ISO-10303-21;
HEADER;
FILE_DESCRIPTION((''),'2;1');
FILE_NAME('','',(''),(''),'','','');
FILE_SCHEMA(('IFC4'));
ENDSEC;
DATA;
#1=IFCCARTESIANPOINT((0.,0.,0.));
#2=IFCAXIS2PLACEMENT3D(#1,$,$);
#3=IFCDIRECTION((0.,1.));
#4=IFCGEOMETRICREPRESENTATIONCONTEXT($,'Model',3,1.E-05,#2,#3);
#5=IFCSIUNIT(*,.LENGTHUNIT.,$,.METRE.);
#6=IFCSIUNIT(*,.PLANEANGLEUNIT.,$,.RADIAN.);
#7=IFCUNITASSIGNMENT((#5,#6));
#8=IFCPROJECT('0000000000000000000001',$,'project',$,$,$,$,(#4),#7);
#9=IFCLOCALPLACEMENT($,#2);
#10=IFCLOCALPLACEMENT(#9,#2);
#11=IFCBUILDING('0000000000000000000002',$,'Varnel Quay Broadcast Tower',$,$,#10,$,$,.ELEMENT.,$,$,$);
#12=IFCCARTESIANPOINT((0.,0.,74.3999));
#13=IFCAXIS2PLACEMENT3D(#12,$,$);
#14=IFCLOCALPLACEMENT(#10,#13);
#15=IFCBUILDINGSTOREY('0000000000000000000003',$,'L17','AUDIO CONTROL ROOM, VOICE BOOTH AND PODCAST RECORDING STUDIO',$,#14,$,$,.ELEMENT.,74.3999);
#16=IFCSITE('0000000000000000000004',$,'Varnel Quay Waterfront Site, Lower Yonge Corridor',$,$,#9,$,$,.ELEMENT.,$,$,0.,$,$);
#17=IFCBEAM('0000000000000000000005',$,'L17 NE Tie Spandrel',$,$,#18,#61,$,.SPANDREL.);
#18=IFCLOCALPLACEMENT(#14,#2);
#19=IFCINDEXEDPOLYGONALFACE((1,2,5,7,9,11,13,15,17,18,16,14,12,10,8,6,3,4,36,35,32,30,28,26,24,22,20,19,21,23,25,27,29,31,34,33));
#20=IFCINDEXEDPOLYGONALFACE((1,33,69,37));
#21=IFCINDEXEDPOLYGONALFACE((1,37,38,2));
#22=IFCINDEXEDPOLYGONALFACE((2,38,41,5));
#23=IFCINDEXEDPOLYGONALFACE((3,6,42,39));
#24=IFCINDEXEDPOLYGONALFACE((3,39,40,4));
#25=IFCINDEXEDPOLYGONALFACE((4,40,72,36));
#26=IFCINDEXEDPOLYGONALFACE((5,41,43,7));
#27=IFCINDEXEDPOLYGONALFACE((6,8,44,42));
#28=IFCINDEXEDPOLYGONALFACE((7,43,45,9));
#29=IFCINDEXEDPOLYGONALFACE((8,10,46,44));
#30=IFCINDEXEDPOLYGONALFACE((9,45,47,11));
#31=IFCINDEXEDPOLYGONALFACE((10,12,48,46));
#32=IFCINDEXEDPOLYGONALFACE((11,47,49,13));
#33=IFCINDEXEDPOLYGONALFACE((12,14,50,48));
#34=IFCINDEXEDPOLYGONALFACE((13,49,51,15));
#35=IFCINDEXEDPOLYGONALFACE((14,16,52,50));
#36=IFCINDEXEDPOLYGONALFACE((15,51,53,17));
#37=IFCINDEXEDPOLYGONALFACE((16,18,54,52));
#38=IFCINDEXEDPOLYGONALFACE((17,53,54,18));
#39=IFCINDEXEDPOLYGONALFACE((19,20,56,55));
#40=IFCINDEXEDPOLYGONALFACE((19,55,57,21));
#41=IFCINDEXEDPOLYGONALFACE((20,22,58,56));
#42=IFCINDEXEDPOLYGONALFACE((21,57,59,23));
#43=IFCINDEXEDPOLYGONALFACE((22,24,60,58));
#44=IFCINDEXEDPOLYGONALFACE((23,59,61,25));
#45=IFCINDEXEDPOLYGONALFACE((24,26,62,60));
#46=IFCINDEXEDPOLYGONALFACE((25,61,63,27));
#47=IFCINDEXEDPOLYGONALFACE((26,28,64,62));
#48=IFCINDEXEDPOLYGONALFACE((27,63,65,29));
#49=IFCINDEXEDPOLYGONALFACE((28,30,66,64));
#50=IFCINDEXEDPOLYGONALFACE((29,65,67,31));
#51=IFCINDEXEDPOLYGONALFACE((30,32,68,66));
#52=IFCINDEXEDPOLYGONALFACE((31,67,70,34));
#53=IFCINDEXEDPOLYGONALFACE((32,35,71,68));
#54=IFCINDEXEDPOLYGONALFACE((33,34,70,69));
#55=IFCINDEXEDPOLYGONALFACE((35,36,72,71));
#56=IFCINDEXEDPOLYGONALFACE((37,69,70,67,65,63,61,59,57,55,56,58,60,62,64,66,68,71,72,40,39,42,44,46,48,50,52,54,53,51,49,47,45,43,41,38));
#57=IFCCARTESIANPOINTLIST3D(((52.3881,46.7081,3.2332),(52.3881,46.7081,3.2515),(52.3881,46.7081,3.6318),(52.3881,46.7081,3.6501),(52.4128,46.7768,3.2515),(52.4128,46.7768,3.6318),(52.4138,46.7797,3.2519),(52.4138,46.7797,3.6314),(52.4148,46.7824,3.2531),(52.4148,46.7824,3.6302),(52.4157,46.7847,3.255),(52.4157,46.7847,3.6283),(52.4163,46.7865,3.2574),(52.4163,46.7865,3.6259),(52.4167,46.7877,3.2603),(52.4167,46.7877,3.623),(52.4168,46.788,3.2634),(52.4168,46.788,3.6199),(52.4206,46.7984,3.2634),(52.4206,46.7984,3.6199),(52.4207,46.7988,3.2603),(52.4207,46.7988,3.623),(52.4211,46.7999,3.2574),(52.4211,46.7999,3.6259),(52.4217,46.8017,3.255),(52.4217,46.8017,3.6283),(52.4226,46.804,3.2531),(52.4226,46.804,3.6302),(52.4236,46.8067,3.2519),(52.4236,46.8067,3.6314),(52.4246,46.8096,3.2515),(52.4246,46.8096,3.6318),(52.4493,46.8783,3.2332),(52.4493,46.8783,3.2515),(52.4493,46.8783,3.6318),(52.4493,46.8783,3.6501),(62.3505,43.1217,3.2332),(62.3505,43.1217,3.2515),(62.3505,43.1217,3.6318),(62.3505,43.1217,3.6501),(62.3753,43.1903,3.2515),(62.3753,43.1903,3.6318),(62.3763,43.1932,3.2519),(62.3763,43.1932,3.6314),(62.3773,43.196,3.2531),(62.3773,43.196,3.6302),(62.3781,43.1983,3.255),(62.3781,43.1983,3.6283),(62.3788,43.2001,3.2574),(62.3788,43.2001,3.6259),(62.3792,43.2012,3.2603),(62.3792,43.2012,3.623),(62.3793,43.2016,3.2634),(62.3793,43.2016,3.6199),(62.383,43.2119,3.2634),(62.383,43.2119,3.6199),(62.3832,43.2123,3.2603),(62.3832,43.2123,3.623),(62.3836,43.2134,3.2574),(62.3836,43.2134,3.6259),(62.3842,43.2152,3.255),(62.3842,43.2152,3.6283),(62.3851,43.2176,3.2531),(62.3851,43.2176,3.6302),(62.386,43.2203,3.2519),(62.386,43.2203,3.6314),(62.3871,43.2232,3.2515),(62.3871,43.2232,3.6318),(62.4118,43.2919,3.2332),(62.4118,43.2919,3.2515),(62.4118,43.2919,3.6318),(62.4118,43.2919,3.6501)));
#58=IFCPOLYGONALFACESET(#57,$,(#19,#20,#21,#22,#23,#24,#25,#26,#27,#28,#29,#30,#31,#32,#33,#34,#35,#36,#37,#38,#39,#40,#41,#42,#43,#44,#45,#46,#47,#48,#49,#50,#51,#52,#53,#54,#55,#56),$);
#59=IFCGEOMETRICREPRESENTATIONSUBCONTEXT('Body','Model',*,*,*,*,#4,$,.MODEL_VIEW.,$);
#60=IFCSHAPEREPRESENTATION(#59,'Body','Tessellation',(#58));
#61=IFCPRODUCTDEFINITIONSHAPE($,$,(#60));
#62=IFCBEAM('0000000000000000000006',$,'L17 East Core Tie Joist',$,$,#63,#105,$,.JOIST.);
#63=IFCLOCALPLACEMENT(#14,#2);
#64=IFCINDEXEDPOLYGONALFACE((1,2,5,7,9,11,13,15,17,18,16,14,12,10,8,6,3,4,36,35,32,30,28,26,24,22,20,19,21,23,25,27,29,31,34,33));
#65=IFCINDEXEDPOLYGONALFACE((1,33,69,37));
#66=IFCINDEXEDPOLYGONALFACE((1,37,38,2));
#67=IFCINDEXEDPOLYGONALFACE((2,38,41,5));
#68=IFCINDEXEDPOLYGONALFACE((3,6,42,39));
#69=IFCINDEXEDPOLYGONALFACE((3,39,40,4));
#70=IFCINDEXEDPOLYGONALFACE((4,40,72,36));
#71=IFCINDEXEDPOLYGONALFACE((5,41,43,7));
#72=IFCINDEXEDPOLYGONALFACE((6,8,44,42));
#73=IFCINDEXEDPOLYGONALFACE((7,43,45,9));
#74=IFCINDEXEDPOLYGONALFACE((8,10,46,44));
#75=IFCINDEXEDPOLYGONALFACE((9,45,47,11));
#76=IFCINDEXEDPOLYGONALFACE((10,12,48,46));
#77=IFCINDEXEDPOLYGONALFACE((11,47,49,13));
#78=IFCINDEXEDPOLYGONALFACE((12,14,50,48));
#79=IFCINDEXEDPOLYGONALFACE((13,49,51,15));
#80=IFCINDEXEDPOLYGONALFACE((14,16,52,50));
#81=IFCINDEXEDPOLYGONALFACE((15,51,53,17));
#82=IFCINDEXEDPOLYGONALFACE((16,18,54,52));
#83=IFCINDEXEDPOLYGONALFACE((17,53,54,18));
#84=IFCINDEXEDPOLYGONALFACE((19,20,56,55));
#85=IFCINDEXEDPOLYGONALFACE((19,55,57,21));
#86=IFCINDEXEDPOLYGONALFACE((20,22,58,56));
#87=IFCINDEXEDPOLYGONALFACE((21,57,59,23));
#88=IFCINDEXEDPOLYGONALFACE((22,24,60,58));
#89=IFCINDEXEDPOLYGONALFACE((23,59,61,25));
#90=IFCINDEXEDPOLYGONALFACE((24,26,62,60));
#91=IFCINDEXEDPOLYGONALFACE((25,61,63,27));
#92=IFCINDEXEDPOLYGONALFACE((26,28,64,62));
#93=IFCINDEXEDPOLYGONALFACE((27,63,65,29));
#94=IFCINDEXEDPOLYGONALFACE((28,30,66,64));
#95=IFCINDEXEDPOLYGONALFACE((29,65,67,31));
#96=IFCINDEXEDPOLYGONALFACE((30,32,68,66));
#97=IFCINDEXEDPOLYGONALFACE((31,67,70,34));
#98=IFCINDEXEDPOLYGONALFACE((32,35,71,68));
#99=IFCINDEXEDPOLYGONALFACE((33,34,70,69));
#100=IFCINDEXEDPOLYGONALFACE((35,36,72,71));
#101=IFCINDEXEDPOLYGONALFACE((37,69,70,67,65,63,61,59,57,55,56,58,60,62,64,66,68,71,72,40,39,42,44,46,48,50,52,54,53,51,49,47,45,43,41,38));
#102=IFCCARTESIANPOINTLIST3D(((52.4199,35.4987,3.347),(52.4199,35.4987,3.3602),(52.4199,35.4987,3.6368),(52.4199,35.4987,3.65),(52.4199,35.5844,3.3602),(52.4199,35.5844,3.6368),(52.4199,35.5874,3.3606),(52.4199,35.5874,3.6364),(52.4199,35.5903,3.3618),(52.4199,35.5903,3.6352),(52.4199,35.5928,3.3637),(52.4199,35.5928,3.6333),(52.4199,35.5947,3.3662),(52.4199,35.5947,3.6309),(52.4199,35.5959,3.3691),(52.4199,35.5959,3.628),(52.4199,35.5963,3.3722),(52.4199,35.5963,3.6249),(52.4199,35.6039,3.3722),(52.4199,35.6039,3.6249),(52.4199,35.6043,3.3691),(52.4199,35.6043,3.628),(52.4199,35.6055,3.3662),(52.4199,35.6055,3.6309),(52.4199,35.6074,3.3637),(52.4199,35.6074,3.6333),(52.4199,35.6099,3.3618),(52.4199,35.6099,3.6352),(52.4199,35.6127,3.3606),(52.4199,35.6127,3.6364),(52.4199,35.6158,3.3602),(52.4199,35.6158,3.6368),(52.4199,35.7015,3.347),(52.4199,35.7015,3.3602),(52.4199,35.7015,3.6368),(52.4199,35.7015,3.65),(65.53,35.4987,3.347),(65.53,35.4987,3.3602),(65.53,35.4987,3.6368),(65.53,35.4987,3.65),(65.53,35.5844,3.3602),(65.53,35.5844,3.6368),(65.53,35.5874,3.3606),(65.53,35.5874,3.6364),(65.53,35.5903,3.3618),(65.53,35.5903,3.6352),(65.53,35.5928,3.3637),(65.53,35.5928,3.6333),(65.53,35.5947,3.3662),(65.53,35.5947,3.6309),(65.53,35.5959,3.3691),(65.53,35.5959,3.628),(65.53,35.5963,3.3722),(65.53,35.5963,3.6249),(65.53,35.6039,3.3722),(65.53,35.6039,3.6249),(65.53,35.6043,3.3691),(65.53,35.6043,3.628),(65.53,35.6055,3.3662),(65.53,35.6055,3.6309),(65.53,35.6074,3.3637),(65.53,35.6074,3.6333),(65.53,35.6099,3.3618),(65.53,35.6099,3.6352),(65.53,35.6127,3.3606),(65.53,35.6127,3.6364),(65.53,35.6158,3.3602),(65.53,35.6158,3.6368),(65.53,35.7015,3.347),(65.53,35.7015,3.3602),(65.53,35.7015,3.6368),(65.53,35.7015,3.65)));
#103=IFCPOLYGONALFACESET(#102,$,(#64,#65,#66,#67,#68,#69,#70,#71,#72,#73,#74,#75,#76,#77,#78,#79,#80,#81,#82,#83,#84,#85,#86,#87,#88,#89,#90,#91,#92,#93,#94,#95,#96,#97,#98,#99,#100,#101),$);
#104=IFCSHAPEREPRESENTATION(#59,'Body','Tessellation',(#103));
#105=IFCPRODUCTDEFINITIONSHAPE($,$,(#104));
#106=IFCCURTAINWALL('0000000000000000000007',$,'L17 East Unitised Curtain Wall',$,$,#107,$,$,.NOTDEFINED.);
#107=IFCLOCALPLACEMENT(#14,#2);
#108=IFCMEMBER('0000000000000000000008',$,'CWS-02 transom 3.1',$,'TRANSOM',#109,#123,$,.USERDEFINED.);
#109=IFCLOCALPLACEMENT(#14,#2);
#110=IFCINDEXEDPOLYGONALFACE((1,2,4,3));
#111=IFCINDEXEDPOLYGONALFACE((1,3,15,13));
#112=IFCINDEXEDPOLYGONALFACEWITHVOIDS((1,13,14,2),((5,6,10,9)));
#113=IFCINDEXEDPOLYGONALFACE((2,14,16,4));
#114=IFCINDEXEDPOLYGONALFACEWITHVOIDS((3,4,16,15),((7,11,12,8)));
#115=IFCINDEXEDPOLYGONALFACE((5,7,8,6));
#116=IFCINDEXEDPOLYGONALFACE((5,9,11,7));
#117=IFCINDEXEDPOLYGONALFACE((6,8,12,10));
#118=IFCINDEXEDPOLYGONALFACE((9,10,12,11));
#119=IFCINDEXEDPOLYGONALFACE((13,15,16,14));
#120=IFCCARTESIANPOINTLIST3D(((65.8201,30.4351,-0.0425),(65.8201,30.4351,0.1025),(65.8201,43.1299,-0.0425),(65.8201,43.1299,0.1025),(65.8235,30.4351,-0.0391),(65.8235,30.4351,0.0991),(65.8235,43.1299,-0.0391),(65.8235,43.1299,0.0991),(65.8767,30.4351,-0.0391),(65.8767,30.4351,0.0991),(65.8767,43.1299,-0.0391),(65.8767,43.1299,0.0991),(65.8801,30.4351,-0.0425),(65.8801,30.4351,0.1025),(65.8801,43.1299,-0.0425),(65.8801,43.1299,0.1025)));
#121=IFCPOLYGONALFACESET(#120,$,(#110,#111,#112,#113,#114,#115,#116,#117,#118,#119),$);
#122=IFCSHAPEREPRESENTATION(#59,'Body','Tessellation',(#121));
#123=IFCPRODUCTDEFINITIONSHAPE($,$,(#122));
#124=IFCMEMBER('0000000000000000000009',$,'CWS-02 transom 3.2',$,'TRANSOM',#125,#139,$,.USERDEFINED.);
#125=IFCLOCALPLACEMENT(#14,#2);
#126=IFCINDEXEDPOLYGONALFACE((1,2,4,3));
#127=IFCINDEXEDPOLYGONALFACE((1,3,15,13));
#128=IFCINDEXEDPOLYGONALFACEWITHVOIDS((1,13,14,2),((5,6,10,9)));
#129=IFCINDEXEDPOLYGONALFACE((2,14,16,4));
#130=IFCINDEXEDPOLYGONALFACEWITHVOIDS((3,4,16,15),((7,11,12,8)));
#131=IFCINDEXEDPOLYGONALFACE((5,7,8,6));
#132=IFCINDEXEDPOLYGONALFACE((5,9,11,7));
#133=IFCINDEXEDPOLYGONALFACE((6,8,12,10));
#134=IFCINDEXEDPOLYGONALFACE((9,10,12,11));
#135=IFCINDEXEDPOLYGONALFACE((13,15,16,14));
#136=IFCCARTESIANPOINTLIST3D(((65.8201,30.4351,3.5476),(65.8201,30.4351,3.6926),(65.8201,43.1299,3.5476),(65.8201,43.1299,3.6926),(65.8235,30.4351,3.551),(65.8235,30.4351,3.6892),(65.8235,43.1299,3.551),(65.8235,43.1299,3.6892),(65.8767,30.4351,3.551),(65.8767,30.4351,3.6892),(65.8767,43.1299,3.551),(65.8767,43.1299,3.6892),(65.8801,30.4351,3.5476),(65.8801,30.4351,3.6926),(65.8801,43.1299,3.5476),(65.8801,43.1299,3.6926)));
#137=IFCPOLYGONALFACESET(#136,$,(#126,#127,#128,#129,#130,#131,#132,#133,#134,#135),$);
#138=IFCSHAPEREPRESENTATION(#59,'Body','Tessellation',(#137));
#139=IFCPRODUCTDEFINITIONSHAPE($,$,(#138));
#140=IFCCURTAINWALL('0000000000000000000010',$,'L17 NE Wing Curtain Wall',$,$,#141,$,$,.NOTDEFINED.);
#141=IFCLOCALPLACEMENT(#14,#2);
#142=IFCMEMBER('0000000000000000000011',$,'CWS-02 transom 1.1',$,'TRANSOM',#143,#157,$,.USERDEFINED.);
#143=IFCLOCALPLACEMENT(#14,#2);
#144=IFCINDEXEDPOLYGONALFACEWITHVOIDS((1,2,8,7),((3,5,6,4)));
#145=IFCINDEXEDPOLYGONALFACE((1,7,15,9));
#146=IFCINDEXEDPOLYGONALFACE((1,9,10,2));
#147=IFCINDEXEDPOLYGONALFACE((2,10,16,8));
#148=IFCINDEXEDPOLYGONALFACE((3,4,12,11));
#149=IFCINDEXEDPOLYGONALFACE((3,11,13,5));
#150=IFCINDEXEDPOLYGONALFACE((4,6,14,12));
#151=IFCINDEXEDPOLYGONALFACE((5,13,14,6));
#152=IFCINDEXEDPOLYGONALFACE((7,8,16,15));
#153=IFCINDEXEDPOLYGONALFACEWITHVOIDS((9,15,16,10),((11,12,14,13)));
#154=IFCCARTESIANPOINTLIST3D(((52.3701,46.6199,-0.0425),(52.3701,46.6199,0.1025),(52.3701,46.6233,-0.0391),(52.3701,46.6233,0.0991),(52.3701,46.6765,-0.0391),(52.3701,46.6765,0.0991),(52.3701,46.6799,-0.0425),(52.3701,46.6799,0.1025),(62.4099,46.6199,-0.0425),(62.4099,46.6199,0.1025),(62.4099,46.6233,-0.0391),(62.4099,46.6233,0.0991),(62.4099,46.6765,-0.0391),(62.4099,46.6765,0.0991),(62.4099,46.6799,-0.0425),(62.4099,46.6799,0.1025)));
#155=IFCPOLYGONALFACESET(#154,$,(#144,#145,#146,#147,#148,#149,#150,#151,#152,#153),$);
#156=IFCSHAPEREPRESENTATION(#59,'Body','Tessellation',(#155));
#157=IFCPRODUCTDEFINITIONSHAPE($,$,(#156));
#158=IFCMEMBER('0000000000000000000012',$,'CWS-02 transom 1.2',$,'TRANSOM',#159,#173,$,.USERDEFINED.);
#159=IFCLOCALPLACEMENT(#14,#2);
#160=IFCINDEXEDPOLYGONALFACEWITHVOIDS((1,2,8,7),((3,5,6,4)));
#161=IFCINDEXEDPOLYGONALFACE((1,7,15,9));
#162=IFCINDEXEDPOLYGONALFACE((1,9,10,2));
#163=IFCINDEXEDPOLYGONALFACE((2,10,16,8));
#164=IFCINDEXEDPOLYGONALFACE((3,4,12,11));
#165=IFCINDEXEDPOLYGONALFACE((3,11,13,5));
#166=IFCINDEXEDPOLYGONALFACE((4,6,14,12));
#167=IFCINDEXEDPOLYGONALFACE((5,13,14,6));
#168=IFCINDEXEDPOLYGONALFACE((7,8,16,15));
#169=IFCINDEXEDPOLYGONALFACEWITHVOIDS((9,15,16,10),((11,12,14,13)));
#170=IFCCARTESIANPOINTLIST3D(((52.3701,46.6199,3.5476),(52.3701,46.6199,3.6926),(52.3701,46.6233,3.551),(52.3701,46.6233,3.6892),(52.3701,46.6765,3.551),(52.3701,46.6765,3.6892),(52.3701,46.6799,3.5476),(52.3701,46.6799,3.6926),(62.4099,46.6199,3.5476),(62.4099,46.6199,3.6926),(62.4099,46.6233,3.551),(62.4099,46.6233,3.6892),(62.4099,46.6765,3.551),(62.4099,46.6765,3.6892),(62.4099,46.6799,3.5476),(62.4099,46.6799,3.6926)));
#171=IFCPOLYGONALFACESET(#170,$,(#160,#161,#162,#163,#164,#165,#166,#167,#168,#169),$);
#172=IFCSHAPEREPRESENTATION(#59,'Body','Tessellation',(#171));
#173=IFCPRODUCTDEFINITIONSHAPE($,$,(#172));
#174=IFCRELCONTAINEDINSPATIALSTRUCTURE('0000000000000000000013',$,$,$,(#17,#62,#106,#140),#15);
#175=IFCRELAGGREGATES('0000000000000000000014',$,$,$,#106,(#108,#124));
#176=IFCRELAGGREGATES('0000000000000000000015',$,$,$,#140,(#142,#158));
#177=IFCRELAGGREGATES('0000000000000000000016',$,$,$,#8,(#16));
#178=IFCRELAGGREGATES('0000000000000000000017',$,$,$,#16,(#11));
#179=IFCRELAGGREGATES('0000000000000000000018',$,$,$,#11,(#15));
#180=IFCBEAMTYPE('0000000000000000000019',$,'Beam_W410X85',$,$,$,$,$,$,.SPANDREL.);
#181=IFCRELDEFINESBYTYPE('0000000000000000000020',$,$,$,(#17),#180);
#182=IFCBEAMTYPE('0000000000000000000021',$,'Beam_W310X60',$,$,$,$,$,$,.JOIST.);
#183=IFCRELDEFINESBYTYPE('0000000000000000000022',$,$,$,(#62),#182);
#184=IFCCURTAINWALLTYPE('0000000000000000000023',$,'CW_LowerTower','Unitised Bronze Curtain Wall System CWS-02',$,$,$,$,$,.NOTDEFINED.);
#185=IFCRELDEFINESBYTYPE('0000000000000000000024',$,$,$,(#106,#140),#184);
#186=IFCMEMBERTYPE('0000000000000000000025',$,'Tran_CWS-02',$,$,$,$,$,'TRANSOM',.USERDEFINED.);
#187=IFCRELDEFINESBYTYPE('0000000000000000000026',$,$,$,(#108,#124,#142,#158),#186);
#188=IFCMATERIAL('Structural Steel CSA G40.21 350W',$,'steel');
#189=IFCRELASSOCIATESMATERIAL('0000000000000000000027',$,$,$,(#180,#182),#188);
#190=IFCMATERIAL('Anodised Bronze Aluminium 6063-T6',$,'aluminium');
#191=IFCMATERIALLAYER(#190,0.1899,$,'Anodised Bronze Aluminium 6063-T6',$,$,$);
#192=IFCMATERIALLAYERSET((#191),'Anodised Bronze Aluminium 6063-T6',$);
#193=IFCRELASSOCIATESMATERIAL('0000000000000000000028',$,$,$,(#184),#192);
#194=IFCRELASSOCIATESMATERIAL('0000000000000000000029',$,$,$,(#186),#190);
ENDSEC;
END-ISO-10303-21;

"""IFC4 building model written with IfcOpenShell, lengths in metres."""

from ifc_helpers import new_model, si_unit, direction, frame, origin, origin_2d, place, context, subcontext, project, spatial, hollow_rectangle, i_section, extrude, source, transform, mapped, material, layer, layer_set, material_profile, profile_set, type_object, type_shapes, element, aggregate, save


model = new_model("IFC4")

# Units and contexts
model_context = context("Model", 3, precision=1e-05, world=origin(), true_north=direction((0.0, 1.0)))
body_context = subcontext(model_context, "Body", "Model", "MODEL_VIEW")
ifc_project = project(units=[si_unit("LENGTHUNIT", "METRE"), si_unit("PLANEANGLEUNIT", "RADIAN")], contexts=[model_context])

# Site, building, storey
site_placement = place(None, origin())
site = spatial("IfcSite", under=ifc_project, at=site_placement, Name="Varnel Quay Waterfront Site, Lower Yonge Corridor", CompositionType="ELEMENT", RefElevation=0.0)
building_placement = place(site_placement, origin())
building = spatial("IfcBuilding", under=site, at=building_placement, Name="Varnel Quay Broadcast Tower", CompositionType="ELEMENT")
storey_placement = place(building_placement, frame((0.0, 0.0, 74.3999)))
storey = spatial("IfcBuildingStorey", under=building, at=storey_placement, Name="L17", Description="AUDIO CONTROL ROOM, VOICE BOOTH AND PODCAST RECORDING STUDIO", CompositionType="ELEMENT", Elevation=74.3999)

# Shared definitions
ifc_material_1 = material(Name="Structural Steel CSA G40.21 350W", Category="steel")

# Beams
ifc_material_profile_1 = material_profile(ifc_material_1, i_section(OverallWidth=0.1809, OverallDepth=0.417, WebThickness=0.011, FlangeThickness=0.0183, FilletRadius=0.012, at=origin_2d()), Name="W410X85")
ifc_profile_set_1 = profile_set([ifc_material_profile_1], Name="Structural Steel CSA G40.21 350W")
beam_type_1 = type_object("IfcBeamType", Name="Beam_W410X85", PredefinedType="SPANDREL", material=ifc_profile_set_1)
shared_shape_1 = source(origin(), body_context, "Body", "SweptSolid", [
    extrude(i_section(OverallWidth=0.1809, OverallDepth=0.417, WebThickness=0.011, FlangeThickness=0.0183, FilletRadius=0.012, at=origin_2d()), origin(), (0.0, 0.0, 1.0), 10.5884),
])
beam_1_placement = place(storey_placement, frame((52.4187, 46.7932, 3.4417), z_axis=(0.940889, -0.338716, 0.0), x_axis=(0.338716, 0.940889, 0.0)))
element("IfcBeam", 1, at=beam_1_placement, inside=storey, type_object=beam_type_1, Name="L17 NE Tie Spandrel", PredefinedType="SPANDREL", context=body_context, shape_type="MappedRepresentation", body=[
    mapped(shared_shape_1, transform((0.0, 0.0, 0.0), x_axis=(1.0, 0.0, 0.0), y_axis=(0.0, 1.0, 0.0), z_axis=(0.0, 0.0, 1.0), scale=1.0)),
])
ifc_material_profile_2 = material_profile(ifc_material_1, i_section(OverallWidth=0.2029, OverallDepth=0.303, WebThickness=0.0076, FlangeThickness=0.0132, FilletRadius=0.012, at=origin_2d()), Name="W310X60")
ifc_profile_set_2 = profile_set([ifc_material_profile_2], Name="Structural Steel CSA G40.21 350W")
beam_type_2 = type_object("IfcBeamType", Name="Beam_W310X60", PredefinedType="JOIST", material=ifc_profile_set_2)
shared_shape_2 = source(origin(), body_context, "Body", "SweptSolid", [
    extrude(i_section(OverallWidth=0.2029, OverallDepth=0.303, WebThickness=0.0076, FlangeThickness=0.0132, FilletRadius=0.012, at=origin_2d()), origin(), (0.0, 0.0, 1.0), 13.1101),
])
type_shapes(beam_type_2, [shared_shape_2])
beam_2_placement = place(storey_placement, frame((52.4199, 35.6001, 3.4985), z_axis=(1.0, 0.0, 0.0), x_axis=(0.0, 1.0, 0.0)))
element("IfcBeam", 2, at=beam_2_placement, inside=storey, type_object=beam_type_2, Name="L17 East Core Tie Joist", PredefinedType="JOIST", context=body_context, shape_type="MappedRepresentation", body=[
    mapped(shared_shape_2, transform((0.0, 0.0, 0.0), x_axis=(1.0, 0.0, 0.0), y_axis=(0.0, 1.0, 0.0), z_axis=(0.0, 0.0, 1.0), scale=1.0)),
])

# Curtain walls, members
ifc_material_2 = material(Name="Anodised Bronze Aluminium 6063-T6", Category="aluminium")
ifc_layer_1 = layer(ifc_material_2, 0.1899, Name="Anodised Bronze Aluminium 6063-T6")
ifc_layer_set_1 = layer_set([ifc_layer_1], Name="Anodised Bronze Aluminium 6063-T6")
curtain_wall_type = type_object("IfcCurtainWallType", Name="CW_LowerTower", Description="Unitised Bronze Curtain Wall System CWS-02", PredefinedType="NOTDEFINED", material=ifc_layer_set_1)
curtain_wall_1_placement = place(storey_placement, origin())
curtain_wall_1 = element("IfcCurtainWall", 3, at=curtain_wall_1_placement, inside=storey, type_object=curtain_wall_type, Name="L17 East Unitised Curtain Wall", PredefinedType="NOTDEFINED")
ifc_material_profile_3 = material_profile(ifc_material_2, hollow_rectangle(XDim=0.0601, YDim=0.145, WallThickness=0.0034, at=origin_2d()), Name="ALU60X145X3.5")
ifc_profile_set_3 = profile_set([ifc_material_profile_3], Name="Anodised Bronze Aluminium 6063-T6")
member_type_1 = type_object("IfcMemberType", Name="Tran_CWS-02", ElementType="TRANSOM", PredefinedType="USERDEFINED", material=ifc_profile_set_3)
shared_shape_3 = source(origin(), body_context, "Body", "SweptSolid", [
    extrude(hollow_rectangle(XDim=0.0601, YDim=0.145, WallThickness=0.0034, at=origin_2d()), origin(), (0.0, 0.0, 1.0), 12.6948),
])
member_1_placement = place(storey_placement, frame((65.8501, 30.4351, 0.03), z_axis=(0.0, 1.0, 0.0), x_axis=(-1.0, 0.0, 0.0)))
member_1 = element("IfcMember", 4, at=member_1_placement, type_object=member_type_1, Name="CWS-02 transom 3.1", ObjectType="TRANSOM", PredefinedType="USERDEFINED", context=body_context, shape_type="MappedRepresentation", body=[
    mapped(shared_shape_3, transform((0.0, 0.0, 0.0), x_axis=(1.0, 0.0, 0.0), y_axis=(0.0, 1.0, 0.0), z_axis=(0.0, 0.0, 1.0), scale=1.0)),
])
member_2_placement = place(storey_placement, frame((65.8501, 30.4351, 3.6201), z_axis=(0.0, 1.0, 0.0), x_axis=(-1.0, 0.0, 0.0)))
member_2 = element("IfcMember", 5, at=member_2_placement, type_object=member_type_1, Name="CWS-02 transom 3.2", ObjectType="TRANSOM", PredefinedType="USERDEFINED", context=body_context, shape_type="MappedRepresentation", body=[
    mapped(shared_shape_3, transform((0.0, 0.0, 0.0), x_axis=(1.0, 0.0, 0.0), y_axis=(0.0, 1.0, 0.0), z_axis=(0.0, 0.0, 1.0), scale=1.0)),
])
curtain_wall_2_placement = place(storey_placement, origin())
curtain_wall_2 = element("IfcCurtainWall", 6, at=curtain_wall_2_placement, inside=storey, type_object=curtain_wall_type, Name="L17 NE Wing Curtain Wall", PredefinedType="NOTDEFINED")
shared_shape_4 = source(origin(), body_context, "Body", "SweptSolid", [
    extrude(hollow_rectangle(XDim=0.0601, YDim=0.145, WallThickness=0.0034, at=origin_2d()), origin(), (0.0, 0.0, 1.0), 10.0398),
])
type_shapes(member_type_1, [shared_shape_3, shared_shape_4])
member_3_placement = place(storey_placement, frame((52.3701, 46.6499, 0.03), z_axis=(1.0, 0.0, 0.0), x_axis=(0.0, 1.0, 0.0)))
member_3 = element("IfcMember", 7, at=member_3_placement, type_object=member_type_1, Name="CWS-02 transom 1.1", ObjectType="TRANSOM", PredefinedType="USERDEFINED", context=body_context, shape_type="MappedRepresentation", body=[
    mapped(shared_shape_4, transform((0.0, 0.0, 0.0), x_axis=(1.0, 0.0, 0.0), y_axis=(0.0, 1.0, 0.0), z_axis=(0.0, 0.0, 1.0), scale=1.0)),
])
member_4_placement = place(storey_placement, frame((52.3701, 46.6499, 3.6201), z_axis=(1.0, 0.0, 0.0), x_axis=(0.0, 1.0, 0.0)))
member_4 = element("IfcMember", 8, at=member_4_placement, type_object=member_type_1, Name="CWS-02 transom 1.2", ObjectType="TRANSOM", PredefinedType="USERDEFINED", context=body_context, shape_type="MappedRepresentation", body=[
    mapped(shared_shape_4, transform((0.0, 0.0, 0.0), x_axis=(1.0, 0.0, 0.0), y_axis=(0.0, 1.0, 0.0), z_axis=(0.0, 0.0, 1.0), scale=1.0)),
])

aggregate(curtain_wall_1, [member_1, member_2])
aggregate(curtain_wall_2, [member_3, member_4])

save(model, "model.ifc")
